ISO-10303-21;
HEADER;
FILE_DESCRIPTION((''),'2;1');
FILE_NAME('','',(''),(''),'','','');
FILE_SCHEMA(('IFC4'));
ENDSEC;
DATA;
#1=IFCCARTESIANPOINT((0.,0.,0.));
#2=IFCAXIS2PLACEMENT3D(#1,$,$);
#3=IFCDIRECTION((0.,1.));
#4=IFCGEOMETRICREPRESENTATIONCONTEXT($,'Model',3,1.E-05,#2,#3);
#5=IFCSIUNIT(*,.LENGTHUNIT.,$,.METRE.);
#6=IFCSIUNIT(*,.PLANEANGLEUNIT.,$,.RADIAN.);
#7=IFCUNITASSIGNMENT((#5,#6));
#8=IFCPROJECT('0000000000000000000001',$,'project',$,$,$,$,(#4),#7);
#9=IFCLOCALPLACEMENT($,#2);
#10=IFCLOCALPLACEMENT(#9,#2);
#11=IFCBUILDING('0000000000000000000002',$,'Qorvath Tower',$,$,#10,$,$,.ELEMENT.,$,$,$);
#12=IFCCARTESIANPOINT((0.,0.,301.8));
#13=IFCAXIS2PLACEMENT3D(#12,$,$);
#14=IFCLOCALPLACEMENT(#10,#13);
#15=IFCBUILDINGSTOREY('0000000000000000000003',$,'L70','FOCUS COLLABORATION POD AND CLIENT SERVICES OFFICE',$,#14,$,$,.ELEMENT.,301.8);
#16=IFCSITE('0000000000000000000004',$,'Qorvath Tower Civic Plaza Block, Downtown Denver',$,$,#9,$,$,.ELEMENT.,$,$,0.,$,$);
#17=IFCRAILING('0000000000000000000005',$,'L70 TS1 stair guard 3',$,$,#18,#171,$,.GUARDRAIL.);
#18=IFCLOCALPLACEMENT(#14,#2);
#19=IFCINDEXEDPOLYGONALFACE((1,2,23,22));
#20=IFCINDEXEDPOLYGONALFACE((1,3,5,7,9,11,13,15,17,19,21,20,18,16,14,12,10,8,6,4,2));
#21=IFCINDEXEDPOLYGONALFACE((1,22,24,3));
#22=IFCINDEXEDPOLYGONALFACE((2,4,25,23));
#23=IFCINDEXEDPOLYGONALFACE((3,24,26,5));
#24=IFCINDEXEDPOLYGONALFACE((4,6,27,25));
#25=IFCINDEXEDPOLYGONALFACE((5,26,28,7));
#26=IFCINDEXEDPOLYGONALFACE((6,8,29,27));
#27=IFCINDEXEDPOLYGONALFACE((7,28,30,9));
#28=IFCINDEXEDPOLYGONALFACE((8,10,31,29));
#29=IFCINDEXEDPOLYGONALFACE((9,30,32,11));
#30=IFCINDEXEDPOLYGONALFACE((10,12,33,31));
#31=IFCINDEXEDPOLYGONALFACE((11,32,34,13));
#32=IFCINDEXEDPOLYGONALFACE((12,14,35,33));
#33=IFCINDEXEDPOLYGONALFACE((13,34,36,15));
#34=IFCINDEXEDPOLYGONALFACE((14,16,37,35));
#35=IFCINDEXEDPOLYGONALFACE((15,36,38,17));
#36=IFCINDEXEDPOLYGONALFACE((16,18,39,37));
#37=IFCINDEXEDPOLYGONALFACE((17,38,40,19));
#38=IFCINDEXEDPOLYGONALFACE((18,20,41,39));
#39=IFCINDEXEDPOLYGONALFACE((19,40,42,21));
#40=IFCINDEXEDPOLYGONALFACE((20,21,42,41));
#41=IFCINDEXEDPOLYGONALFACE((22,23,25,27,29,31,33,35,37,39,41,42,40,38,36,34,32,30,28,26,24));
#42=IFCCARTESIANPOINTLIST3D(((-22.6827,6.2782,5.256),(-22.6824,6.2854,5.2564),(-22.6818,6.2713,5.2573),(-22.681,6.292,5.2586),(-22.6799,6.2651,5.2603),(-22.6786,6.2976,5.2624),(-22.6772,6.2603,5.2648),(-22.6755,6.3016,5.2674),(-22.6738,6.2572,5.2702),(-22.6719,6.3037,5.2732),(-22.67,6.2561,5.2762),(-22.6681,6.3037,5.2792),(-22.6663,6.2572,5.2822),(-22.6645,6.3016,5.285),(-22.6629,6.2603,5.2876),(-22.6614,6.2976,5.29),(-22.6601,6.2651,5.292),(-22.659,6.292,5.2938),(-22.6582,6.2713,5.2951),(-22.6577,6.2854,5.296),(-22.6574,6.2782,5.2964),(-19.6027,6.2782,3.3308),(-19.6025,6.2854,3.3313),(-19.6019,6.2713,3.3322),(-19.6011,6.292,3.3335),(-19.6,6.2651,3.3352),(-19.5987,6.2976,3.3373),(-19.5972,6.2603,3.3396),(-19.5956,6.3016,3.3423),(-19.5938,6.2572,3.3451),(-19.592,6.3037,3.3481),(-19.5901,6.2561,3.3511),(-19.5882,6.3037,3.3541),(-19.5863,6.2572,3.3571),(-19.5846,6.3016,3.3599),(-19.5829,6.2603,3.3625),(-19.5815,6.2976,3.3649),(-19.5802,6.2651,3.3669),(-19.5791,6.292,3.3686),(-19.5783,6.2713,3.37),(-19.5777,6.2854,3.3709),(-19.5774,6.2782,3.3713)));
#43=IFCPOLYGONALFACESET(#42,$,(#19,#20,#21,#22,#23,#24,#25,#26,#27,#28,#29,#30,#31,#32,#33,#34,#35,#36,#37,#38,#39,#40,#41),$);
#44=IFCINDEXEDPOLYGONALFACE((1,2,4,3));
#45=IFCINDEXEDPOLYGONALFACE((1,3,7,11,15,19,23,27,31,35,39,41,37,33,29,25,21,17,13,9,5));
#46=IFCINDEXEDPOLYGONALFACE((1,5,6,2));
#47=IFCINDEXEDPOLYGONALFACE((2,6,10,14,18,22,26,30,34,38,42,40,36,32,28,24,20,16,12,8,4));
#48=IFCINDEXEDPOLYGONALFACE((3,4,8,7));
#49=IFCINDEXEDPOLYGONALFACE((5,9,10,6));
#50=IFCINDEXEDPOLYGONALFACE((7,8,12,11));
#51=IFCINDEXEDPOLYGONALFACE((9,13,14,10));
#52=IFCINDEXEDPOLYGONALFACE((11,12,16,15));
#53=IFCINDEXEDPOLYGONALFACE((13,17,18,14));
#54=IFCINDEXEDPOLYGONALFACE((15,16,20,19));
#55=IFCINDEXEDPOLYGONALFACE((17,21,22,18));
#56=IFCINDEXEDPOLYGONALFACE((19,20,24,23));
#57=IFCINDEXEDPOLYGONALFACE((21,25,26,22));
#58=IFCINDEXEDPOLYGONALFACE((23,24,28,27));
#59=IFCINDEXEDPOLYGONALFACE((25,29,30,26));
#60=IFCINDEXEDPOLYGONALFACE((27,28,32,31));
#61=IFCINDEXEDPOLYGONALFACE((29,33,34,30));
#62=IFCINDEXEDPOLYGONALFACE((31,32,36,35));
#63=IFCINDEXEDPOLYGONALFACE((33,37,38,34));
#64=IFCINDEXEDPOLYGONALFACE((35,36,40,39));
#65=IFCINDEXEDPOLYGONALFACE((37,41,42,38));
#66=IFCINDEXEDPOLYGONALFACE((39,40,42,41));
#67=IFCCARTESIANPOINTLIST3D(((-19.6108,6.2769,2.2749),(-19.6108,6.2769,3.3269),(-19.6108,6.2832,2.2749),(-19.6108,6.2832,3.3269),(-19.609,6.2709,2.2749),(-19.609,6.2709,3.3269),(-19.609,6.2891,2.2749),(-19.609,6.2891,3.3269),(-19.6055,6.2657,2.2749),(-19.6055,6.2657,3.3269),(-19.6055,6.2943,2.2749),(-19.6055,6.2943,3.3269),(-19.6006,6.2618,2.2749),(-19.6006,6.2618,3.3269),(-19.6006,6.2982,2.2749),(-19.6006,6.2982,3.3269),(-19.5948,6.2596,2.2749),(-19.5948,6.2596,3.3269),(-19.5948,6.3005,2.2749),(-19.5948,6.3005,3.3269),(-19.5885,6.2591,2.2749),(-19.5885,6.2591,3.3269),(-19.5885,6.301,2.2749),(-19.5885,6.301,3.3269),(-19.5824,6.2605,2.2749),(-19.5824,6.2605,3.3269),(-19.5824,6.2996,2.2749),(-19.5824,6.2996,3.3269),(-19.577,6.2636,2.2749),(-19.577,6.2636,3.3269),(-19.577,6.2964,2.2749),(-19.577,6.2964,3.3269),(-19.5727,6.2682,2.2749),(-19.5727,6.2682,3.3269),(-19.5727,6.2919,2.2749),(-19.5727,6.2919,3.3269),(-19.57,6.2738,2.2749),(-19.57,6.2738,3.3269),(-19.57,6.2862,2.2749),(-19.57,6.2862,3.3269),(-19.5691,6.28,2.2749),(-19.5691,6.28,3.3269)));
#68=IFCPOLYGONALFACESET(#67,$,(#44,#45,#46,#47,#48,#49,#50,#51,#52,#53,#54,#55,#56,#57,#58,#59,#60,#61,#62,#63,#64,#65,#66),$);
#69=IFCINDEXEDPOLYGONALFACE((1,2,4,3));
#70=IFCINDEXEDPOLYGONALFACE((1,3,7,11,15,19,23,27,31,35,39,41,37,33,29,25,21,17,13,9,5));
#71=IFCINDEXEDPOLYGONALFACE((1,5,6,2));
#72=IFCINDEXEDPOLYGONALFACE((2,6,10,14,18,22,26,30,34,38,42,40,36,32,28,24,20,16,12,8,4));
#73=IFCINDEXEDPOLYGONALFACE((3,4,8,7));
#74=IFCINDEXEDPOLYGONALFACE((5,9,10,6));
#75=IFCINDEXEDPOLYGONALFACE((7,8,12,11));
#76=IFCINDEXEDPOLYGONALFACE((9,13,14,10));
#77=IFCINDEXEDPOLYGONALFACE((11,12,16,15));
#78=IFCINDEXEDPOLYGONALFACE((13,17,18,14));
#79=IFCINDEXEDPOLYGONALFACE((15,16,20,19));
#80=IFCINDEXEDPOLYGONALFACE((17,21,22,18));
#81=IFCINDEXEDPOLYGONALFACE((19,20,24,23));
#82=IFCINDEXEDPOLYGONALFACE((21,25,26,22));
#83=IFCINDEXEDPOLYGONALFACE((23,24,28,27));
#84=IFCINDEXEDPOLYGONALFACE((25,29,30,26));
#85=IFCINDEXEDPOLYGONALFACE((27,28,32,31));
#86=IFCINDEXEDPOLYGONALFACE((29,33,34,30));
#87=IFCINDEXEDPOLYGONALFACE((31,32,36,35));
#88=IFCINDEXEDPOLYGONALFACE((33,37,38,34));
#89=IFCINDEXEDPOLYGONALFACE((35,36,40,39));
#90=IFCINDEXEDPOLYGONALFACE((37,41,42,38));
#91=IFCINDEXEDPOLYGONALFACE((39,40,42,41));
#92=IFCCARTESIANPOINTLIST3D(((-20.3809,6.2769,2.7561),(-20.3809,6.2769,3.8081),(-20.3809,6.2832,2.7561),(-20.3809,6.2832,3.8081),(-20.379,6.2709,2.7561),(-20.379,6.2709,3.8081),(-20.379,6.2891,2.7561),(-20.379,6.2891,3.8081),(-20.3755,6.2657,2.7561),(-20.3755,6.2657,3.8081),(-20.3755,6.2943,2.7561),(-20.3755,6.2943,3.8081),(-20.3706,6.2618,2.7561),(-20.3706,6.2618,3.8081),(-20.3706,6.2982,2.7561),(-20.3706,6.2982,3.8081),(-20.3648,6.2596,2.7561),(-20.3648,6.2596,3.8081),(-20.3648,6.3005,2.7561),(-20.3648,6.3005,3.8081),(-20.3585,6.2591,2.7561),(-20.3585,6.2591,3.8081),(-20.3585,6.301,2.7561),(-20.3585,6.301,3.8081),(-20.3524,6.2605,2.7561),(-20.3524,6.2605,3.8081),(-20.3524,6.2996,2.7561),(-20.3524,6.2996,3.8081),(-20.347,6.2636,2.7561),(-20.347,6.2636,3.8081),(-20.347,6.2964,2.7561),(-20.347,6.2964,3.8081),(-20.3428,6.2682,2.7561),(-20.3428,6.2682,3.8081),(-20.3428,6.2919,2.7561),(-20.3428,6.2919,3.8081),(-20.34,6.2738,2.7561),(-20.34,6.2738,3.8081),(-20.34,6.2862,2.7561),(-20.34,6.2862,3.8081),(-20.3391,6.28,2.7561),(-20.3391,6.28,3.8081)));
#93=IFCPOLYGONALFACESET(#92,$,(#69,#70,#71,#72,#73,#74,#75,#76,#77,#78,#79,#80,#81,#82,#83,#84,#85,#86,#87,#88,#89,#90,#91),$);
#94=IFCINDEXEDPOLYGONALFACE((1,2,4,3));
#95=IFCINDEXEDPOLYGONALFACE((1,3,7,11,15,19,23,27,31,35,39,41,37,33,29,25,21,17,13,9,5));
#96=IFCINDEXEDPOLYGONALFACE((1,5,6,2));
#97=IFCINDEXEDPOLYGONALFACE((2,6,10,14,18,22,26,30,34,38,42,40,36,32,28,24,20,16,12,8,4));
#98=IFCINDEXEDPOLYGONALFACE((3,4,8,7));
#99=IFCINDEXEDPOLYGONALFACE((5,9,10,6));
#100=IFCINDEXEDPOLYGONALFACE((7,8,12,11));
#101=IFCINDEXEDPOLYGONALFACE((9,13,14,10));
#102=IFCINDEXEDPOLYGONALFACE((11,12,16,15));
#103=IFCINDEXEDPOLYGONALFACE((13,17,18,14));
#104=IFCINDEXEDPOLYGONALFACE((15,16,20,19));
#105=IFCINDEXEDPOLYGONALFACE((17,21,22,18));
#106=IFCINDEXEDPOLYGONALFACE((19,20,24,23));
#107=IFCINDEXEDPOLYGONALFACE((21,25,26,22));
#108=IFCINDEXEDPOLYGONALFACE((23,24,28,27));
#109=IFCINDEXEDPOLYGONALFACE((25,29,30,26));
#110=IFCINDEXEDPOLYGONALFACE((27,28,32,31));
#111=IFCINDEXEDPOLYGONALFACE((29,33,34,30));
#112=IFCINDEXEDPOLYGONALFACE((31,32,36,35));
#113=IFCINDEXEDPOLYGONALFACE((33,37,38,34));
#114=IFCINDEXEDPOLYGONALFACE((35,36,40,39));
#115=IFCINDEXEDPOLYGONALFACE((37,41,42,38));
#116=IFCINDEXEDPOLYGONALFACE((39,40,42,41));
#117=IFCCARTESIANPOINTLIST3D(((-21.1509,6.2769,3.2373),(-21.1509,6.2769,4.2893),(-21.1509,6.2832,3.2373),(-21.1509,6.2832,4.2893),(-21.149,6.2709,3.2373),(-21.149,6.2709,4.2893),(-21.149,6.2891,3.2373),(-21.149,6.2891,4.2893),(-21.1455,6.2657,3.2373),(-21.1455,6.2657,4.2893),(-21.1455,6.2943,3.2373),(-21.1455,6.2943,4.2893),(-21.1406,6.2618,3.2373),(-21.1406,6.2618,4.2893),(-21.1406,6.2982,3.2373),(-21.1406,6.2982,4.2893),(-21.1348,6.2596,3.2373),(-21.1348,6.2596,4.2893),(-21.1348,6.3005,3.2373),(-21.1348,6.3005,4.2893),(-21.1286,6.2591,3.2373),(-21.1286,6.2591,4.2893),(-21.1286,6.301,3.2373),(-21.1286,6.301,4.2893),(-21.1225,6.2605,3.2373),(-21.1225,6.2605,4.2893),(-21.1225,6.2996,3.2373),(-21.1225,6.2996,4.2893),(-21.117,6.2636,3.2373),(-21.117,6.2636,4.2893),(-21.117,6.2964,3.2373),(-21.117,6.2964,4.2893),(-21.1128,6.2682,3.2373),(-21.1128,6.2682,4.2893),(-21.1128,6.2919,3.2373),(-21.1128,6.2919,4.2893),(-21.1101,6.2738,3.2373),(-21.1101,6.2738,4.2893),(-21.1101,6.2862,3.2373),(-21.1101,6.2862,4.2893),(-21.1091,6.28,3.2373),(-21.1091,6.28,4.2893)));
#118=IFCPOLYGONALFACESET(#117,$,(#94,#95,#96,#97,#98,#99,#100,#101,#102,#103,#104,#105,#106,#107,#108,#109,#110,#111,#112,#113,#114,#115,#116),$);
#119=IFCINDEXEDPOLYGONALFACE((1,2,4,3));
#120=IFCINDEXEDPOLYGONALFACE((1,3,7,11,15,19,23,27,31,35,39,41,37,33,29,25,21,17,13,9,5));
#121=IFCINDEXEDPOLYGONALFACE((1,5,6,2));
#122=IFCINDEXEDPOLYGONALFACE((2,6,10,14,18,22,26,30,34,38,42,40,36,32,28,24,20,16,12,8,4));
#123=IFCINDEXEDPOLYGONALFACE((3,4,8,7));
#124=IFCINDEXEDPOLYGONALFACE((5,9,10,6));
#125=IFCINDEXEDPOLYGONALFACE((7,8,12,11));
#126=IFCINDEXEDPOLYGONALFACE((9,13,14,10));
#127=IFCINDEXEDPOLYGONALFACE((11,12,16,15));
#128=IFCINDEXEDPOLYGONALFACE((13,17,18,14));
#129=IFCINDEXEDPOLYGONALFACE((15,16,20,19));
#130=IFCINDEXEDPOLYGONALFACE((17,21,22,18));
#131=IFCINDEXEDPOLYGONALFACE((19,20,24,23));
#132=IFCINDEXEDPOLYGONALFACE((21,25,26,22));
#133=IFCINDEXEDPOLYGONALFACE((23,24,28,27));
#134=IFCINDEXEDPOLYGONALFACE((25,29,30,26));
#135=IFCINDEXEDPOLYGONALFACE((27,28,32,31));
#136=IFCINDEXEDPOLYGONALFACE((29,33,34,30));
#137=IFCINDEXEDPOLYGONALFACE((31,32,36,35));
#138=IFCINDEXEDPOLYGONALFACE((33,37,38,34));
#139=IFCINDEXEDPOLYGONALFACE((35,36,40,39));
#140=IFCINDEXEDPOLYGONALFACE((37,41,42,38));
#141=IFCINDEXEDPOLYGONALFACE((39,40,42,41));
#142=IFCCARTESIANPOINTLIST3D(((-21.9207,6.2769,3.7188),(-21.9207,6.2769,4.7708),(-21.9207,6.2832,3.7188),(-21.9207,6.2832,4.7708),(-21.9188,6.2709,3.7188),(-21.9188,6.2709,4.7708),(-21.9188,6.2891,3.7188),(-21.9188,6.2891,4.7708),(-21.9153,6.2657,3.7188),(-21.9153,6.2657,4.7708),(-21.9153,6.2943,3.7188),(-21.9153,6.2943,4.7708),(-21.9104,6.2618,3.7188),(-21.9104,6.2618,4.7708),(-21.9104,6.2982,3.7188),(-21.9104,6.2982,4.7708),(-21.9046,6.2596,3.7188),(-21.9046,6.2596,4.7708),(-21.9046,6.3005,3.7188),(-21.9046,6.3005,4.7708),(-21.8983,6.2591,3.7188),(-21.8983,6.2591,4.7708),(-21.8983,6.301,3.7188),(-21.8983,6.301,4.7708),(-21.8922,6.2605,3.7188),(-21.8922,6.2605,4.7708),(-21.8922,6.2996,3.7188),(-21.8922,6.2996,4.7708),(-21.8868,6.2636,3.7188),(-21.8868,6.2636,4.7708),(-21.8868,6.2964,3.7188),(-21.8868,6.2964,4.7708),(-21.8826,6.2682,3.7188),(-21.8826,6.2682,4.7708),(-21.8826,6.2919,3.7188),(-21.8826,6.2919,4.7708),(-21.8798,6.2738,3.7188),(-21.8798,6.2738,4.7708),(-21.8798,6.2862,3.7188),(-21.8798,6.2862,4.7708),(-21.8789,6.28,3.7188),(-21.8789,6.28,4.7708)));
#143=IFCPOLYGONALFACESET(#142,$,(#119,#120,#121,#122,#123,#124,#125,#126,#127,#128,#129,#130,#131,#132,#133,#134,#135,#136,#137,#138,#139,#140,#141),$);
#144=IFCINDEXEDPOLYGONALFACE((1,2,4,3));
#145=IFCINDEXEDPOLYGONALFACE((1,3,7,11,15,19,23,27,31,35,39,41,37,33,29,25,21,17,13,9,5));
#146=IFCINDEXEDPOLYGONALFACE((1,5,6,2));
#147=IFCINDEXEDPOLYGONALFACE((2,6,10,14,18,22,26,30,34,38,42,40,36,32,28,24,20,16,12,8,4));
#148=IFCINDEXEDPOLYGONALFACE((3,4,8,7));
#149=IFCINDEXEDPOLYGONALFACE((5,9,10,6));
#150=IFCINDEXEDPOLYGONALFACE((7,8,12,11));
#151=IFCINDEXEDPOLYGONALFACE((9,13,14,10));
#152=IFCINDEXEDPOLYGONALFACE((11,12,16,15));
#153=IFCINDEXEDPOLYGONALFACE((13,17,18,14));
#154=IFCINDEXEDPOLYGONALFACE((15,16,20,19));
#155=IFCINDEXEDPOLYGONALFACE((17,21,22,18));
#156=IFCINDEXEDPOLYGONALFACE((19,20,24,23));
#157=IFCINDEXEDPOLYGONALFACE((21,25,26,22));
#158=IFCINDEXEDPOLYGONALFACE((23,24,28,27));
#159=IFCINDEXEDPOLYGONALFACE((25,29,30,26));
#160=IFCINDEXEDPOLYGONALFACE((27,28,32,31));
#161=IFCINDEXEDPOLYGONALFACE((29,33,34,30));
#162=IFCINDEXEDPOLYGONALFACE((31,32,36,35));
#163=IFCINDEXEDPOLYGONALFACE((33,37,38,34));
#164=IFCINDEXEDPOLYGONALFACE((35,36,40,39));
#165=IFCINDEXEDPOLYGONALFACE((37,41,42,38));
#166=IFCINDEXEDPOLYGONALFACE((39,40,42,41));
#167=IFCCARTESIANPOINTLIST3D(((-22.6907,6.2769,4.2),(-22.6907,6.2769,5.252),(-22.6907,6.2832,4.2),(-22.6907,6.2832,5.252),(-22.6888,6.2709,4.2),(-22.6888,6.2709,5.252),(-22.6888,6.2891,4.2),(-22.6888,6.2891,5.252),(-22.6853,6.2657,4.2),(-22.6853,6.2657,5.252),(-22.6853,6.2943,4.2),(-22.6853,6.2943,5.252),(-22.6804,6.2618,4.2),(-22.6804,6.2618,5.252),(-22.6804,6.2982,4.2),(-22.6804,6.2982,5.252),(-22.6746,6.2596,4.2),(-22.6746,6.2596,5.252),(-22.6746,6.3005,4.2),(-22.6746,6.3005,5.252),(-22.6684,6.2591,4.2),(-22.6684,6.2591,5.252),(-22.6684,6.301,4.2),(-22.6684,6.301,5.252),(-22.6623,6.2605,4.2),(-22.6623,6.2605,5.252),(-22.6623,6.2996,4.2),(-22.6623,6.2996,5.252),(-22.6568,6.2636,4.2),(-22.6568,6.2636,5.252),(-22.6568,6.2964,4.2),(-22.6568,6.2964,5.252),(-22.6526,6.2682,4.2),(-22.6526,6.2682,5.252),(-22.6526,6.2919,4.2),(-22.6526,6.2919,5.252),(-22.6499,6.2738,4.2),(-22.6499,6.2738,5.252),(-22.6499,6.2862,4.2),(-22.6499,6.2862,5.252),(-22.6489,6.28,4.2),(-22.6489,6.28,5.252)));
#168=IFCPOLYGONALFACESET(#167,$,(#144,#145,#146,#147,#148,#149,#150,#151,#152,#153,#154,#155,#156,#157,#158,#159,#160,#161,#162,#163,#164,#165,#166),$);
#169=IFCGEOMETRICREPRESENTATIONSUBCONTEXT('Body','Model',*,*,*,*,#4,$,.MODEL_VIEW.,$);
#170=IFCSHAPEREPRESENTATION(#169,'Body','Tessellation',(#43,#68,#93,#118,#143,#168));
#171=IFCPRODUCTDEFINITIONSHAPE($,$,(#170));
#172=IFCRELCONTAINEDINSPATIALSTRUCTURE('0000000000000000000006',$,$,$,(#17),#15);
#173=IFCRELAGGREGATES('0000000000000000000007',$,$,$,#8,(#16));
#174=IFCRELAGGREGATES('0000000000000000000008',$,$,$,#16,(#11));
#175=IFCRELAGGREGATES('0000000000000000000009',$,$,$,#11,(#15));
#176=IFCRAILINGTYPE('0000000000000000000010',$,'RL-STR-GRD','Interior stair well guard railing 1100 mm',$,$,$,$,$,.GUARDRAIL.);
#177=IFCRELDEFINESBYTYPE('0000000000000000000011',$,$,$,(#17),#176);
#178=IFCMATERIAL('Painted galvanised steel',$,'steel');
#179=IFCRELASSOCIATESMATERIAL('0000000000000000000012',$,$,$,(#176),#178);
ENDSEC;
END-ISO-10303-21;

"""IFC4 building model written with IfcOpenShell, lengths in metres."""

from ifc_helpers import new_model, si_unit, direction, frame, origin, origin_2d, place, context, subcontext, project, spatial, circle, extrude, material, type_object, element, save


model = new_model("IFC4")

# Units and contexts
model_context = context("Model", 3, precision=1e-05, world=origin(), true_north=direction((0.0, 1.0)))
body_context = subcontext(model_context, "Body", "Model", "MODEL_VIEW")
ifc_project = project(units=[si_unit("LENGTHUNIT", "METRE"), si_unit("PLANEANGLEUNIT", "RADIAN")], contexts=[model_context])

# Site, building, storey
site_placement = place(None, origin())
site = spatial("IfcSite", under=ifc_project, at=site_placement, Name="Qorvath Tower Civic Plaza Block, Downtown Denver", CompositionType="ELEMENT", RefElevation=0.0)
building_placement = place(site_placement, origin())
building = spatial("IfcBuilding", under=site, at=building_placement, Name="Qorvath Tower", CompositionType="ELEMENT")
storey_placement = place(building_placement, frame((0.0, 0.0, 301.8)))
storey = spatial("IfcBuildingStorey", under=building, at=storey_placement, Name="L70", Description="FOCUS COLLABORATION POD AND CLIENT SERVICES OFFICE", CompositionType="ELEMENT", Elevation=301.8)

# Railing
ifc_material_1 = material(Name="Painted galvanised steel", Category="steel")
railing_type_1 = type_object("IfcRailingType", Name="RL-STR-GRD", Description="Interior stair well guard railing 1100 mm", PredefinedType="GUARDRAIL", material=ifc_material_1)
railing_1_placement = place(storey_placement, frame((-19.5901, 6.28, 2.2749)))
element("IfcRailing", 1, at=railing_1_placement, inside=storey, type_object=railing_type_1, Name="L70 TS1 stair guard 3", PredefinedType="GUARDRAIL", context=body_context, shape_type="SweptSolid", body=[
    extrude(circle(Radius=0.0239, at=origin_2d()), frame((0.0, 0.0, 1.0762), z_axis=(-0.847979, 0.0, 0.530029), x_axis=(0.0, -1.0, 0.0)), (0.0, 0.0, 1.0), 3.6321),
    extrude(circle(Radius=0.021, at=origin_2d()), origin(), (0.0, 0.0, 1.0), 1.052),
    extrude(circle(Radius=0.021, at=origin_2d()), frame((-0.77, 0.0, 0.4812)), (0.0, 0.0, 1.0), 1.052),
    extrude(circle(Radius=0.021, at=origin_2d()), frame((-1.54, 0.0, 0.9624)), (0.0, 0.0, 1.0), 1.052),
    extrude(circle(Radius=0.021, at=origin_2d()), frame((-2.3098, 0.0, 1.4438)), (0.0, 0.0, 1.0), 1.052),
    extrude(circle(Radius=0.021, at=origin_2d()), frame((-3.0798, 0.0, 1.925)), (0.0, 0.0, 1.0), 1.052),
])

save(model, "model.ifc")
